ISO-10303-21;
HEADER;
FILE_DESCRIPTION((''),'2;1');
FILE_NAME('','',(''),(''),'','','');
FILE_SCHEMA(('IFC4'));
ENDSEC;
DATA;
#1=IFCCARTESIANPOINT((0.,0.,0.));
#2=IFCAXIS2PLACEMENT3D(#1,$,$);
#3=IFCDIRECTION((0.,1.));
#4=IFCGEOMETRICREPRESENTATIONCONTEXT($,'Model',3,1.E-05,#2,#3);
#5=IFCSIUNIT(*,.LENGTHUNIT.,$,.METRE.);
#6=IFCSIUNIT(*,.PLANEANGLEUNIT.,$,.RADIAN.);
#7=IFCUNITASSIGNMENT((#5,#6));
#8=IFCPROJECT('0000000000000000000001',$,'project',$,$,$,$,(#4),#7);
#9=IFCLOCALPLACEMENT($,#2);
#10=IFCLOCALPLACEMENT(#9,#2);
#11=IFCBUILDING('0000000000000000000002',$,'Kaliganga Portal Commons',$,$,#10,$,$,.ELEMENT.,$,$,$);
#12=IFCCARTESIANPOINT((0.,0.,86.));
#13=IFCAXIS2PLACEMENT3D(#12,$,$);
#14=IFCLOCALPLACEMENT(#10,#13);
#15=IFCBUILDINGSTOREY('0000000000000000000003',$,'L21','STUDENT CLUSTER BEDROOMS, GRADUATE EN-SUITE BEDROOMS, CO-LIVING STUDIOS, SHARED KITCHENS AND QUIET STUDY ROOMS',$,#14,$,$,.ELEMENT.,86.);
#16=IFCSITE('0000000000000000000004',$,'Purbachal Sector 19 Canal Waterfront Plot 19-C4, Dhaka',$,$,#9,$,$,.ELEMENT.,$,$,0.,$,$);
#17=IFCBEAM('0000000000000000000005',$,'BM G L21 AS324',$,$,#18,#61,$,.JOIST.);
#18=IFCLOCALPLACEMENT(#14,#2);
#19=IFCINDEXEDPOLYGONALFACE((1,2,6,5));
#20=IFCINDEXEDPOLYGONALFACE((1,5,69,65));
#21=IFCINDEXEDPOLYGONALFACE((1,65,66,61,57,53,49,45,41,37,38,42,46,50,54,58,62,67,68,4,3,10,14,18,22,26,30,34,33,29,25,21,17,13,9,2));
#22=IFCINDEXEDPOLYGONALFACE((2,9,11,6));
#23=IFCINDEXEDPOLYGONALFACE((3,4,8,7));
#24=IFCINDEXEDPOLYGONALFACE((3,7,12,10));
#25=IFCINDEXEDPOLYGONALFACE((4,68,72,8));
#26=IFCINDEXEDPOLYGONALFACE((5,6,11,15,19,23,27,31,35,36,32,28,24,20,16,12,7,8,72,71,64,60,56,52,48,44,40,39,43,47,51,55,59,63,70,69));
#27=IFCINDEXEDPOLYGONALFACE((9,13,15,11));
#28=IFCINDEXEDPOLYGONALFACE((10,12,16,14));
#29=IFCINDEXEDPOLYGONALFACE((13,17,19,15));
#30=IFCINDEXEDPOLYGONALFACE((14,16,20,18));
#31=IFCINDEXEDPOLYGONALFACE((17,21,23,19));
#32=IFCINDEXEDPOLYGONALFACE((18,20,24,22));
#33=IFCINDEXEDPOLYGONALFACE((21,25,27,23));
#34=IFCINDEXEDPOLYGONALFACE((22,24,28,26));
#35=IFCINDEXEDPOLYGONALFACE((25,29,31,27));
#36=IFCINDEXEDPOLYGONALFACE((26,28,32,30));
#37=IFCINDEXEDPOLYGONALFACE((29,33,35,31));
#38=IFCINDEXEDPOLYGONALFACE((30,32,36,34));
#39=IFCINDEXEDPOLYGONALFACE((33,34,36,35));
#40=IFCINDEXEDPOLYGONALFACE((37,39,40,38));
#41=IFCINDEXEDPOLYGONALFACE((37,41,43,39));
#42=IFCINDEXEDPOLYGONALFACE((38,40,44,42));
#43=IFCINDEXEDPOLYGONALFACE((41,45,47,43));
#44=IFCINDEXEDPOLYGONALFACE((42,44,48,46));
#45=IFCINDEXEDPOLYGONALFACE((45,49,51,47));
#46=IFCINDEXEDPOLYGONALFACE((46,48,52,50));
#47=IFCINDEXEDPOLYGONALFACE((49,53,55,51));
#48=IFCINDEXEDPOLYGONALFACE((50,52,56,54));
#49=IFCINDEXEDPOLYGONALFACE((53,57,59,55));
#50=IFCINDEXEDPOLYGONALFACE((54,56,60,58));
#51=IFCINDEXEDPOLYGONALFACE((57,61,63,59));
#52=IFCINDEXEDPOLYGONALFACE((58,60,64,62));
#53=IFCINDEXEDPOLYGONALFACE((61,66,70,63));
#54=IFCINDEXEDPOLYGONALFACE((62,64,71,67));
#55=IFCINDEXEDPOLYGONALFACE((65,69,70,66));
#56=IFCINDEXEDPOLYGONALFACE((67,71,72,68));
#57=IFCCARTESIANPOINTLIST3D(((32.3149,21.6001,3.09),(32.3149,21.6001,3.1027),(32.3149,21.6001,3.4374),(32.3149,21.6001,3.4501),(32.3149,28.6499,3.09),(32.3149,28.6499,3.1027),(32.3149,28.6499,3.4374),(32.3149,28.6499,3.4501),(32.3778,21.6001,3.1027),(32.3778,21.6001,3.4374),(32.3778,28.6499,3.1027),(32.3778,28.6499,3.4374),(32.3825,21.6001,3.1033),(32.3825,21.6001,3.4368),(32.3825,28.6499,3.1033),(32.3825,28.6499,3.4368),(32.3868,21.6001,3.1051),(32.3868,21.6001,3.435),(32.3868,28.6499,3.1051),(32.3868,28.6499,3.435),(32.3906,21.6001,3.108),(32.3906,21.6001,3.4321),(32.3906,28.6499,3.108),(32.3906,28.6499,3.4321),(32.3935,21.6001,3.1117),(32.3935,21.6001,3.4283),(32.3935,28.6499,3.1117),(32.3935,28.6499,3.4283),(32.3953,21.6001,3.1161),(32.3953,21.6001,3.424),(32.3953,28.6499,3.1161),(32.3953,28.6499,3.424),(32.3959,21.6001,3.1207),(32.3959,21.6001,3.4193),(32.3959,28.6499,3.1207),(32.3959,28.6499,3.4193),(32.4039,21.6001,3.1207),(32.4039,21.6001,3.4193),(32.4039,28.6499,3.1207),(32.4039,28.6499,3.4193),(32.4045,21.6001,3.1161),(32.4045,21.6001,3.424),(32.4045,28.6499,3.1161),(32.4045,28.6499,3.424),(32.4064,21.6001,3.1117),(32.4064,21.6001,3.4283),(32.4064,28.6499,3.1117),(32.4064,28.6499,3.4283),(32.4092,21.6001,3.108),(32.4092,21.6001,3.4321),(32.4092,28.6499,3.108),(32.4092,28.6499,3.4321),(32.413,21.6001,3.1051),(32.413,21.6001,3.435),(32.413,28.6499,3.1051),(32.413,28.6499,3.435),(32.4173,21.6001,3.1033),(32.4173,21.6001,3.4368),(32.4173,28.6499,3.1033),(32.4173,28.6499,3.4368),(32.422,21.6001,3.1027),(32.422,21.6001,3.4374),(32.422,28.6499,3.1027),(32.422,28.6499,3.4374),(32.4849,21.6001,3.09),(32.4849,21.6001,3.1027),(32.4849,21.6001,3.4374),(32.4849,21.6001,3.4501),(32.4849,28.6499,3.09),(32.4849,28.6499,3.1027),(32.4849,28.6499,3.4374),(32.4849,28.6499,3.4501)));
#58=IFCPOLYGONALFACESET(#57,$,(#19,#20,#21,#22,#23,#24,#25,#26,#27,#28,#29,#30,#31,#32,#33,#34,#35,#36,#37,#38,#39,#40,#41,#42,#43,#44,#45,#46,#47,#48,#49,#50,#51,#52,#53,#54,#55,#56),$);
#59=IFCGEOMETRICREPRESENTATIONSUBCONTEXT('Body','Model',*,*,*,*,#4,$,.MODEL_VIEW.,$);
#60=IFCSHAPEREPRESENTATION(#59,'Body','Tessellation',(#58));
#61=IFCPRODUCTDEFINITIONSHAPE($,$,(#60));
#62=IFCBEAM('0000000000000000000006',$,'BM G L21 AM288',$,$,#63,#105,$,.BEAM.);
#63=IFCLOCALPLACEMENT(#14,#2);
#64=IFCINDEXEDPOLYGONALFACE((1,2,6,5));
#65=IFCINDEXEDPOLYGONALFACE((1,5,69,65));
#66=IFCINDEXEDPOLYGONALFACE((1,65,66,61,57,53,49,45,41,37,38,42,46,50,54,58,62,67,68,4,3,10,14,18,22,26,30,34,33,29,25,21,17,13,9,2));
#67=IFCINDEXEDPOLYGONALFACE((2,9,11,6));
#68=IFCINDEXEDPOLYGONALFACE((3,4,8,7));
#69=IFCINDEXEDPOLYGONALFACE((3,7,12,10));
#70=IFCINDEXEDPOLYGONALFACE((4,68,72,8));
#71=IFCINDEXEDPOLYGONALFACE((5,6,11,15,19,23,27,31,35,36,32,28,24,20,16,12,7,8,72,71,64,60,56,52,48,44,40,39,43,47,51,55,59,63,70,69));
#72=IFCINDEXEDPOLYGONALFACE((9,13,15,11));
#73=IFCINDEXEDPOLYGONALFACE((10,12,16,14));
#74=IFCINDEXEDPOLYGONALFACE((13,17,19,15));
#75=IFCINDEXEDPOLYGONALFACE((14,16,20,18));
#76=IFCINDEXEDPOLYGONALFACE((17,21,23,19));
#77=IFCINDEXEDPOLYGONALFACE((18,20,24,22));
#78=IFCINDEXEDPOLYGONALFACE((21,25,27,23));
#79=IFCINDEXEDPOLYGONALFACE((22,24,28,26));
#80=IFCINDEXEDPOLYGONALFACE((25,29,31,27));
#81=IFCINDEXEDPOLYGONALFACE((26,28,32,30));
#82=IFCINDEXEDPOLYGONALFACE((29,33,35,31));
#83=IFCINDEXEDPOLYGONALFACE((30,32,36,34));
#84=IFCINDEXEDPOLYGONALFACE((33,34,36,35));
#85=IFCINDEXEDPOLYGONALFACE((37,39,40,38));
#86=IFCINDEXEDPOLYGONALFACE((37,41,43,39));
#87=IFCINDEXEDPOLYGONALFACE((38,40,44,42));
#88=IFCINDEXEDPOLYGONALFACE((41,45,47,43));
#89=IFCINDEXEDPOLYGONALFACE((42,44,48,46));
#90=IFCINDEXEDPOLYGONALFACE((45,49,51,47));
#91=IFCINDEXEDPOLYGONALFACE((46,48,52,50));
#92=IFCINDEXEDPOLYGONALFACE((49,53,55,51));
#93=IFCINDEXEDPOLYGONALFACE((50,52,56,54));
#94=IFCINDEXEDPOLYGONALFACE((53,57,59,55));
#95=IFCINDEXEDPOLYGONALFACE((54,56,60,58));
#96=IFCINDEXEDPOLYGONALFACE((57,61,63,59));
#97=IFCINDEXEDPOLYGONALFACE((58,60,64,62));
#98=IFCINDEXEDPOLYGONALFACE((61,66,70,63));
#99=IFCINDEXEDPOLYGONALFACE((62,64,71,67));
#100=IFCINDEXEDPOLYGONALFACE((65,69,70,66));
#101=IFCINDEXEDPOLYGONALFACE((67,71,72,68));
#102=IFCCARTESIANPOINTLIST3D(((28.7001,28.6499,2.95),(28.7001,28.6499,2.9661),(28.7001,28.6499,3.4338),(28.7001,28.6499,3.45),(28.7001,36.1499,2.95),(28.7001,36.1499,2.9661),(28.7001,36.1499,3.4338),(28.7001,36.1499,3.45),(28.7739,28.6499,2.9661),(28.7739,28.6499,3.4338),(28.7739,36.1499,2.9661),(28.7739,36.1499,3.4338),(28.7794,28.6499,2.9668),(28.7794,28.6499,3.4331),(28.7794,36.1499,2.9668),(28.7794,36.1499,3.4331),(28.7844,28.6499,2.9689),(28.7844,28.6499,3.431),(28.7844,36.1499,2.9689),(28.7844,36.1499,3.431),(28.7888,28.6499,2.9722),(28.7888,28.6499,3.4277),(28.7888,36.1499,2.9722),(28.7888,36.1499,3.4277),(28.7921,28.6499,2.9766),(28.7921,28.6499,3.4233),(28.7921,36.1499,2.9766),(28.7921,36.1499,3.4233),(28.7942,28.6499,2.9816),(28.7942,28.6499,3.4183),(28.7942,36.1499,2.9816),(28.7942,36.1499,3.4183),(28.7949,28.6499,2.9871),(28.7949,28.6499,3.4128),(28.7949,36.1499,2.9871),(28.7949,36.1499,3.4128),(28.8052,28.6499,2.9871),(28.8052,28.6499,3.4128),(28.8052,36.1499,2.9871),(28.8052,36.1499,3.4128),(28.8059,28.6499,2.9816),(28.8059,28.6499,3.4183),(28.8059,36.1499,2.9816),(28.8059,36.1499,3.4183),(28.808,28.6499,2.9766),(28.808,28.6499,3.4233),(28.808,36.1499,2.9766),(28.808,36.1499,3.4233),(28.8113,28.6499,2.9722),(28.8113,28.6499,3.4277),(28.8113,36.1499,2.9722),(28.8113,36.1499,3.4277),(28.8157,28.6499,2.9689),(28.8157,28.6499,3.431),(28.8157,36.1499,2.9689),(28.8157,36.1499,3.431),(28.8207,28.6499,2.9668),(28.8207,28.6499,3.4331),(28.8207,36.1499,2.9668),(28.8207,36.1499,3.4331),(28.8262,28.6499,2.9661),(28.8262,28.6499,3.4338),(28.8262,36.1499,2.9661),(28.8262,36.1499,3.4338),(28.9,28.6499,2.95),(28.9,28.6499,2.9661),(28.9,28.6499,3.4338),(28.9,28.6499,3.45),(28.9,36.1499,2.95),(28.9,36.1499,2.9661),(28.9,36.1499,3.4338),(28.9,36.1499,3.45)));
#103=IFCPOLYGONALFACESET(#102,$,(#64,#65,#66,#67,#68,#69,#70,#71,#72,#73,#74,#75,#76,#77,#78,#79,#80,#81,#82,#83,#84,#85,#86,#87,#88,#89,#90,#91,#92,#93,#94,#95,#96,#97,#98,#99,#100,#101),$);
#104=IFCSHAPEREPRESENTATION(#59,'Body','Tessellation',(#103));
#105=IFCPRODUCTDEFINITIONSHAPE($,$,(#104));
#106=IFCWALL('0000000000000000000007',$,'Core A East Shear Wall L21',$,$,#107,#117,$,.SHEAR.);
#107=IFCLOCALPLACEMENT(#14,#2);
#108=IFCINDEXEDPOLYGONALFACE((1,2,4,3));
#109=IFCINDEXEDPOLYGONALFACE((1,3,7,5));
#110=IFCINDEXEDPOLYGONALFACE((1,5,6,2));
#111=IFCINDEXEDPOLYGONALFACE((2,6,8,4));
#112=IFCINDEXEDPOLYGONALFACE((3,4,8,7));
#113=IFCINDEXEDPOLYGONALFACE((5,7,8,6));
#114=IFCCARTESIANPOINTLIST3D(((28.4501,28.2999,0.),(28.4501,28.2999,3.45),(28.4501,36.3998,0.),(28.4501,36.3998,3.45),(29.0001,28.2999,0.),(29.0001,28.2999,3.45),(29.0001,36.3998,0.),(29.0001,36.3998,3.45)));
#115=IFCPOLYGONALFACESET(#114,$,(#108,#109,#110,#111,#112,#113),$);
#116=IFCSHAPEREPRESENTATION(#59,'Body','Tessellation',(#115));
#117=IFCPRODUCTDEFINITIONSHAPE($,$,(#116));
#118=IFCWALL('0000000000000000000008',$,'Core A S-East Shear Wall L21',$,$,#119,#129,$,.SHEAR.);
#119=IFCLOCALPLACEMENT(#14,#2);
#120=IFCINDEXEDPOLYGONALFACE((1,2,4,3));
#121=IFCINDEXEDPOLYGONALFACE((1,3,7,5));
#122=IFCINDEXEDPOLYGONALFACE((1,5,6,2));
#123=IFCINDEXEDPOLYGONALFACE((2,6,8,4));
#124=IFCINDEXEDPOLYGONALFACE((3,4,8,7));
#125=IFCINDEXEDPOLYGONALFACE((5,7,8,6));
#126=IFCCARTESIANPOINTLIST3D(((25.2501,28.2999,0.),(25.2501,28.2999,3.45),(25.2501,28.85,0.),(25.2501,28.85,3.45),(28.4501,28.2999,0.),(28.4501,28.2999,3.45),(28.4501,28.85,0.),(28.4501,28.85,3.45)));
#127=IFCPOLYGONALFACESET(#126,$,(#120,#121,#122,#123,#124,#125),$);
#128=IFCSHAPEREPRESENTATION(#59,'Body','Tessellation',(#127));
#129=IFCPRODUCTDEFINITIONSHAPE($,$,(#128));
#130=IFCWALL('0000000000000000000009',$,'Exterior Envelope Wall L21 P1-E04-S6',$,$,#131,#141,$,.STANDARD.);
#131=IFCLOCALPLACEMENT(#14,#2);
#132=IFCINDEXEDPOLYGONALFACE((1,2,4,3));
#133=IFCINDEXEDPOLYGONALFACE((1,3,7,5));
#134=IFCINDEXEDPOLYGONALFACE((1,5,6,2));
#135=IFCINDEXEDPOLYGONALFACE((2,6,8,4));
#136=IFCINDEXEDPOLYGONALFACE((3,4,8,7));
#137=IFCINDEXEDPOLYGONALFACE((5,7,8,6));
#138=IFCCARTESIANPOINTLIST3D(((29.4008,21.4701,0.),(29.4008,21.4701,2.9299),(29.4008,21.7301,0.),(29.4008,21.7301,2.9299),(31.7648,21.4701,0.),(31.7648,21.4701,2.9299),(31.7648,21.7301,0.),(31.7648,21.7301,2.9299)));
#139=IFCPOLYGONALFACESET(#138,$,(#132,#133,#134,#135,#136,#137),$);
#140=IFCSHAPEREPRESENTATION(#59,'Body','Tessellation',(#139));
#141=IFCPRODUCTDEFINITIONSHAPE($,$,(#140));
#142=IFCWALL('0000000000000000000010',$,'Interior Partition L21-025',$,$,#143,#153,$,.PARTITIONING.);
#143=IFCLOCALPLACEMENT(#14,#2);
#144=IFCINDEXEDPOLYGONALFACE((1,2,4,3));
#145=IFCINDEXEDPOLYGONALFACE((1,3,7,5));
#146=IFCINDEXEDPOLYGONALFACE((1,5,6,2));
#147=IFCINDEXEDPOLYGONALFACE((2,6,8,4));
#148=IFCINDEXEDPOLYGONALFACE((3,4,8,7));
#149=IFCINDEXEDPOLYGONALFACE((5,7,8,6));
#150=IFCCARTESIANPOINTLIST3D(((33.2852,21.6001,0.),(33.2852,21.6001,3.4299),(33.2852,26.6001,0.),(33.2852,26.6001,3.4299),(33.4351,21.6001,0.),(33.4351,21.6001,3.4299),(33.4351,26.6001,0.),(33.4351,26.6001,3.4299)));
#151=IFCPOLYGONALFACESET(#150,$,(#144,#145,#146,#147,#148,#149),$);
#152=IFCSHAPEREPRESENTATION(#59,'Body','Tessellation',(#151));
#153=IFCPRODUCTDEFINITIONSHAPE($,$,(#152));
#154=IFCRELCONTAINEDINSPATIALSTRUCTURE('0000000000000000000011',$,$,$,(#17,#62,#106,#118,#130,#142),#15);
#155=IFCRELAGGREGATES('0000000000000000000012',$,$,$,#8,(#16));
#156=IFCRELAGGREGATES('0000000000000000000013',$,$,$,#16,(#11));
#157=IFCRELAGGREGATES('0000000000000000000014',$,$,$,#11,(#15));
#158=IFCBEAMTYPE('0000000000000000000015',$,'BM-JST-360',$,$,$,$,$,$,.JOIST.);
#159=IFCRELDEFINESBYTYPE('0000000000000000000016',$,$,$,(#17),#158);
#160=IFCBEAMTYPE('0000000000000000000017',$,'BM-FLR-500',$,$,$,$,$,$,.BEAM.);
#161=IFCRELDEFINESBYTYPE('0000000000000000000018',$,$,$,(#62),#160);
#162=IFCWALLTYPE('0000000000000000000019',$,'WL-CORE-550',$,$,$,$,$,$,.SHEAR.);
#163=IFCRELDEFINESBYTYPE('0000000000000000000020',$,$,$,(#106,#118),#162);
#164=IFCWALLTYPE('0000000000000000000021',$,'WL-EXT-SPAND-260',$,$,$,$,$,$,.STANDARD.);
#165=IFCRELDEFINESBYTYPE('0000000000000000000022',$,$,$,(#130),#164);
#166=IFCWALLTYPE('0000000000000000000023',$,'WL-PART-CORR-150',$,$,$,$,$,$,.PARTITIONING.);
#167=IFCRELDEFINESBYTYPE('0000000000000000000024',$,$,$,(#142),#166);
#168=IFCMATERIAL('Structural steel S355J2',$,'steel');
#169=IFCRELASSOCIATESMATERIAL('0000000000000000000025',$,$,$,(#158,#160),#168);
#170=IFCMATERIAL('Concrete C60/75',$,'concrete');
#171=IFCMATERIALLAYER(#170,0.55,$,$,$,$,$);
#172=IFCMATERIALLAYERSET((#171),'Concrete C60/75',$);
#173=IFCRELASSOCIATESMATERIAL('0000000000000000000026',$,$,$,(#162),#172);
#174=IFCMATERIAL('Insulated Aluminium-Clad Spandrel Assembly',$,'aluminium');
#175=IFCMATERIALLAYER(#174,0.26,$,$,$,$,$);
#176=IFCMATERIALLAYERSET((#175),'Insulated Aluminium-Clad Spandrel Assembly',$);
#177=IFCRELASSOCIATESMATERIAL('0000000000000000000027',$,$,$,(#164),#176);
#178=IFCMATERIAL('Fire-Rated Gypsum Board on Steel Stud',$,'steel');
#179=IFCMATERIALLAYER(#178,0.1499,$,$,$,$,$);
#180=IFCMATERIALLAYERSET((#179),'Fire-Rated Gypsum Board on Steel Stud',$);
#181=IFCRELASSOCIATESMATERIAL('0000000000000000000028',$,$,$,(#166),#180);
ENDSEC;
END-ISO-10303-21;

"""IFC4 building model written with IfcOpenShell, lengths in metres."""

from ifc_helpers import new_model, si_unit, direction, frame, frame_2d, origin, origin_2d, place, context, subcontext, project, spatial, rectangle, i_section, extrude, source, transform, mapped, material, layer, layer_set, material_profile, profile_set, type_object, element, save


model = new_model("IFC4")

# Units and contexts
model_context = context("Model", 3, precision=1e-05, world=origin(), true_north=direction((0.0, 1.0)))
body_context = subcontext(model_context, "Body", "Model", "MODEL_VIEW")
ifc_project = project(units=[si_unit("LENGTHUNIT", "METRE"), si_unit("PLANEANGLEUNIT", "RADIAN")], contexts=[model_context])

# Site, building, storey
site_placement = place(None, origin())
site = spatial("IfcSite", under=ifc_project, at=site_placement, Name="Purbachal Sector 19 Canal Waterfront Plot 19-C4, Dhaka", CompositionType="ELEMENT", RefElevation=0.0)
building_placement = place(site_placement, origin())
building = spatial("IfcBuilding", under=site, at=building_placement, Name="Kaliganga Portal Commons", CompositionType="ELEMENT")
storey_placement = place(building_placement, frame((0.0, 0.0, 86.0)))
storey = spatial("IfcBuildingStorey", under=building, at=storey_placement, Name="L21", Description="STUDENT CLUSTER BEDROOMS, GRADUATE EN-SUITE BEDROOMS, CO-LIVING STUDIOS, SHARED KITCHENS AND QUIET STUDY ROOMS", CompositionType="ELEMENT", Elevation=86.0)

# Shared definitions
ifc_material_1 = material(Name="Concrete C60/75", Category="concrete")

# Beams
ifc_material_2 = material(Name="Structural steel S355J2", Category="steel")
ifc_material_profile_1 = material_profile(ifc_material_2, i_section(OverallWidth=0.1699, OverallDepth=0.3601, WebThickness=0.0081, FlangeThickness=0.0127, FilletRadius=0.0181, at=origin_2d()), Name="IPE 360")
ifc_profile_set_1 = profile_set([ifc_material_profile_1], Name="Structural steel S355J2 wide-flange")
beam_type_1 = type_object("IfcBeamType", Name="BM-JST-360", PredefinedType="JOIST", material=ifc_profile_set_1)
shared_shape_1 = source(origin(), body_context, "Body", "SweptSolid", [
    extrude(i_section(OverallWidth=0.1699, OverallDepth=0.3601, WebThickness=0.0081, FlangeThickness=0.0127, FilletRadius=0.0181, at=origin_2d()), origin(), (0.0, 0.0, 1.0), 7.0498),
])
beam_1_placement = place(storey_placement, frame((32.3999, 21.6001, 3.27), z_axis=(0.0, 1.0, 0.0), x_axis=(-1.0, 0.0, 0.0)))
element("IfcBeam", 1, at=beam_1_placement, inside=storey, type_object=beam_type_1, Name="BM G L21 AS324", PredefinedType="JOIST", context=body_context, shape_type="MappedRepresentation", body=[
    mapped(shared_shape_1, transform((0.0, 0.0, 0.0), x_axis=(1.0, 0.0, 0.0), y_axis=(0.0, 1.0, 0.0), z_axis=(0.0, 0.0, 1.0), scale=1.0)),
])
ifc_material_profile_2 = material_profile(ifc_material_2, i_section(OverallWidth=0.2, OverallDepth=0.5, WebThickness=0.0103, FlangeThickness=0.0161, FilletRadius=0.021, at=origin_2d()), Name="IPE 500")
ifc_profile_set_2 = profile_set([ifc_material_profile_2], Name="Structural steel S355J2 wide-flange")
beam_type_2 = type_object("IfcBeamType", Name="BM-FLR-500", PredefinedType="BEAM", material=ifc_profile_set_2)
shared_shape_2 = source(origin(), body_context, "Body", "SweptSolid", [
    extrude(i_section(OverallWidth=0.2, OverallDepth=0.5, WebThickness=0.0103, FlangeThickness=0.0161, FilletRadius=0.021, at=origin_2d()), origin(), (0.0, 0.0, 1.0), 7.5),
])
beam_2_placement = place(storey_placement, frame((28.8, 28.6499, 3.2), z_axis=(0.0, 1.0, 0.0), x_axis=(-1.0, 0.0, 0.0)))
element("IfcBeam", 2, at=beam_2_placement, inside=storey, type_object=beam_type_2, Name="BM G L21 AM288", PredefinedType="BEAM", context=body_context, shape_type="MappedRepresentation", body=[
    mapped(shared_shape_2, transform((0.0, 0.0, 0.0), x_axis=(1.0, 0.0, 0.0), y_axis=(0.0, 1.0, 0.0), z_axis=(0.0, 0.0, 1.0), scale=1.0)),
])

# Walls
ifc_layer_1 = layer(ifc_material_1, 0.55)
ifc_layer_set_1 = layer_set([ifc_layer_1], Name="Concrete C60/75")
wall_type_1 = type_object("IfcWallType", Name="WL-CORE-550", PredefinedType="SHEAR", material=ifc_layer_set_1)
wall_1_placement = place(storey_placement, frame((28.7251, 28.3, 0.0), z_axis=(0.0, 0.0, 1.0), x_axis=(0.0, 1.0, 0.0)))
element("IfcWall", 3, at=wall_1_placement, inside=storey, type_object=wall_type_1, Name="Core A East Shear Wall L21", PredefinedType="SHEAR", context=body_context, shape_type="SweptSolid", body=[
    extrude(rectangle(XDim=8.0999, YDim=0.55, at=frame_2d((4.0498, 0.0))), origin(), (0.0, 0.0, 1.0), 3.45),
])
wall_2_placement = place(storey_placement, frame((25.25, 28.575, 0.0), z_axis=(0.0, 0.0, 1.0), x_axis=(1.0, 0.0, 0.0)))
element("IfcWall", 4, at=wall_2_placement, inside=storey, type_object=wall_type_1, Name="Core A S-East Shear Wall L21", PredefinedType="SHEAR", context=body_context, shape_type="SweptSolid", body=[
    extrude(rectangle(XDim=3.2, YDim=0.55, at=frame_2d((1.6001, 0.0))), origin(), (0.0, 0.0, 1.0), 3.45),
])
ifc_material_3 = material(Name="Insulated Aluminium-Clad Spandrel Assembly", Category="aluminium")
ifc_layer_2 = layer(ifc_material_3, 0.26)
ifc_layer_set_2 = layer_set([ifc_layer_2], Name="Insulated Aluminium-Clad Spandrel Assembly")
wall_type_2 = type_object("IfcWallType", Name="WL-EXT-SPAND-260", PredefinedType="STANDARD", material=ifc_layer_set_2)
wall_3_placement = place(storey_placement, frame((31.7649, 21.6001, 0.0), z_axis=(0.0, 0.0, 1.0), x_axis=(-1.0, 0.0, 0.0)))
element("IfcWall", 5, at=wall_3_placement, inside=storey, type_object=wall_type_2, Name="Exterior Envelope Wall L21 P1-E04-S6", PredefinedType="STANDARD", context=body_context, shape_type="SweptSolid", body=[
    extrude(rectangle(XDim=2.364, YDim=0.26, at=frame_2d((1.1821, 0.0))), origin(), (0.0, 0.0, 1.0), 2.9299),
])

# Shared definitions
ifc_material_4 = material(Name="Fire-Rated Gypsum Board on Steel Stud", Category="steel")
ifc_layer_3 = layer(ifc_material_4, 0.1499)
ifc_layer_set_3 = layer_set([ifc_layer_3], Name="Fire-Rated Gypsum Board on Steel Stud")
wall_type_3 = type_object("IfcWallType", Name="WL-PART-CORR-150", PredefinedType="PARTITIONING", material=ifc_layer_set_3)

# Wall
wall_4_placement = place(storey_placement, frame((33.3601, 21.6001, 0.0), z_axis=(0.0, 0.0, 1.0), x_axis=(0.0, 1.0, 0.0)))
element("IfcWall", 6, at=wall_4_placement, inside=storey, type_object=wall_type_3, Name="Interior Partition L21-025", PredefinedType="PARTITIONING", context=body_context, shape_type="SweptSolid", body=[
    extrude(rectangle(XDim=5.0, YDim=0.1499, at=frame_2d((2.5, 0.0))), origin(), (0.0, 0.0, 1.0), 3.4299),
])

save(model, "model.ifc")
